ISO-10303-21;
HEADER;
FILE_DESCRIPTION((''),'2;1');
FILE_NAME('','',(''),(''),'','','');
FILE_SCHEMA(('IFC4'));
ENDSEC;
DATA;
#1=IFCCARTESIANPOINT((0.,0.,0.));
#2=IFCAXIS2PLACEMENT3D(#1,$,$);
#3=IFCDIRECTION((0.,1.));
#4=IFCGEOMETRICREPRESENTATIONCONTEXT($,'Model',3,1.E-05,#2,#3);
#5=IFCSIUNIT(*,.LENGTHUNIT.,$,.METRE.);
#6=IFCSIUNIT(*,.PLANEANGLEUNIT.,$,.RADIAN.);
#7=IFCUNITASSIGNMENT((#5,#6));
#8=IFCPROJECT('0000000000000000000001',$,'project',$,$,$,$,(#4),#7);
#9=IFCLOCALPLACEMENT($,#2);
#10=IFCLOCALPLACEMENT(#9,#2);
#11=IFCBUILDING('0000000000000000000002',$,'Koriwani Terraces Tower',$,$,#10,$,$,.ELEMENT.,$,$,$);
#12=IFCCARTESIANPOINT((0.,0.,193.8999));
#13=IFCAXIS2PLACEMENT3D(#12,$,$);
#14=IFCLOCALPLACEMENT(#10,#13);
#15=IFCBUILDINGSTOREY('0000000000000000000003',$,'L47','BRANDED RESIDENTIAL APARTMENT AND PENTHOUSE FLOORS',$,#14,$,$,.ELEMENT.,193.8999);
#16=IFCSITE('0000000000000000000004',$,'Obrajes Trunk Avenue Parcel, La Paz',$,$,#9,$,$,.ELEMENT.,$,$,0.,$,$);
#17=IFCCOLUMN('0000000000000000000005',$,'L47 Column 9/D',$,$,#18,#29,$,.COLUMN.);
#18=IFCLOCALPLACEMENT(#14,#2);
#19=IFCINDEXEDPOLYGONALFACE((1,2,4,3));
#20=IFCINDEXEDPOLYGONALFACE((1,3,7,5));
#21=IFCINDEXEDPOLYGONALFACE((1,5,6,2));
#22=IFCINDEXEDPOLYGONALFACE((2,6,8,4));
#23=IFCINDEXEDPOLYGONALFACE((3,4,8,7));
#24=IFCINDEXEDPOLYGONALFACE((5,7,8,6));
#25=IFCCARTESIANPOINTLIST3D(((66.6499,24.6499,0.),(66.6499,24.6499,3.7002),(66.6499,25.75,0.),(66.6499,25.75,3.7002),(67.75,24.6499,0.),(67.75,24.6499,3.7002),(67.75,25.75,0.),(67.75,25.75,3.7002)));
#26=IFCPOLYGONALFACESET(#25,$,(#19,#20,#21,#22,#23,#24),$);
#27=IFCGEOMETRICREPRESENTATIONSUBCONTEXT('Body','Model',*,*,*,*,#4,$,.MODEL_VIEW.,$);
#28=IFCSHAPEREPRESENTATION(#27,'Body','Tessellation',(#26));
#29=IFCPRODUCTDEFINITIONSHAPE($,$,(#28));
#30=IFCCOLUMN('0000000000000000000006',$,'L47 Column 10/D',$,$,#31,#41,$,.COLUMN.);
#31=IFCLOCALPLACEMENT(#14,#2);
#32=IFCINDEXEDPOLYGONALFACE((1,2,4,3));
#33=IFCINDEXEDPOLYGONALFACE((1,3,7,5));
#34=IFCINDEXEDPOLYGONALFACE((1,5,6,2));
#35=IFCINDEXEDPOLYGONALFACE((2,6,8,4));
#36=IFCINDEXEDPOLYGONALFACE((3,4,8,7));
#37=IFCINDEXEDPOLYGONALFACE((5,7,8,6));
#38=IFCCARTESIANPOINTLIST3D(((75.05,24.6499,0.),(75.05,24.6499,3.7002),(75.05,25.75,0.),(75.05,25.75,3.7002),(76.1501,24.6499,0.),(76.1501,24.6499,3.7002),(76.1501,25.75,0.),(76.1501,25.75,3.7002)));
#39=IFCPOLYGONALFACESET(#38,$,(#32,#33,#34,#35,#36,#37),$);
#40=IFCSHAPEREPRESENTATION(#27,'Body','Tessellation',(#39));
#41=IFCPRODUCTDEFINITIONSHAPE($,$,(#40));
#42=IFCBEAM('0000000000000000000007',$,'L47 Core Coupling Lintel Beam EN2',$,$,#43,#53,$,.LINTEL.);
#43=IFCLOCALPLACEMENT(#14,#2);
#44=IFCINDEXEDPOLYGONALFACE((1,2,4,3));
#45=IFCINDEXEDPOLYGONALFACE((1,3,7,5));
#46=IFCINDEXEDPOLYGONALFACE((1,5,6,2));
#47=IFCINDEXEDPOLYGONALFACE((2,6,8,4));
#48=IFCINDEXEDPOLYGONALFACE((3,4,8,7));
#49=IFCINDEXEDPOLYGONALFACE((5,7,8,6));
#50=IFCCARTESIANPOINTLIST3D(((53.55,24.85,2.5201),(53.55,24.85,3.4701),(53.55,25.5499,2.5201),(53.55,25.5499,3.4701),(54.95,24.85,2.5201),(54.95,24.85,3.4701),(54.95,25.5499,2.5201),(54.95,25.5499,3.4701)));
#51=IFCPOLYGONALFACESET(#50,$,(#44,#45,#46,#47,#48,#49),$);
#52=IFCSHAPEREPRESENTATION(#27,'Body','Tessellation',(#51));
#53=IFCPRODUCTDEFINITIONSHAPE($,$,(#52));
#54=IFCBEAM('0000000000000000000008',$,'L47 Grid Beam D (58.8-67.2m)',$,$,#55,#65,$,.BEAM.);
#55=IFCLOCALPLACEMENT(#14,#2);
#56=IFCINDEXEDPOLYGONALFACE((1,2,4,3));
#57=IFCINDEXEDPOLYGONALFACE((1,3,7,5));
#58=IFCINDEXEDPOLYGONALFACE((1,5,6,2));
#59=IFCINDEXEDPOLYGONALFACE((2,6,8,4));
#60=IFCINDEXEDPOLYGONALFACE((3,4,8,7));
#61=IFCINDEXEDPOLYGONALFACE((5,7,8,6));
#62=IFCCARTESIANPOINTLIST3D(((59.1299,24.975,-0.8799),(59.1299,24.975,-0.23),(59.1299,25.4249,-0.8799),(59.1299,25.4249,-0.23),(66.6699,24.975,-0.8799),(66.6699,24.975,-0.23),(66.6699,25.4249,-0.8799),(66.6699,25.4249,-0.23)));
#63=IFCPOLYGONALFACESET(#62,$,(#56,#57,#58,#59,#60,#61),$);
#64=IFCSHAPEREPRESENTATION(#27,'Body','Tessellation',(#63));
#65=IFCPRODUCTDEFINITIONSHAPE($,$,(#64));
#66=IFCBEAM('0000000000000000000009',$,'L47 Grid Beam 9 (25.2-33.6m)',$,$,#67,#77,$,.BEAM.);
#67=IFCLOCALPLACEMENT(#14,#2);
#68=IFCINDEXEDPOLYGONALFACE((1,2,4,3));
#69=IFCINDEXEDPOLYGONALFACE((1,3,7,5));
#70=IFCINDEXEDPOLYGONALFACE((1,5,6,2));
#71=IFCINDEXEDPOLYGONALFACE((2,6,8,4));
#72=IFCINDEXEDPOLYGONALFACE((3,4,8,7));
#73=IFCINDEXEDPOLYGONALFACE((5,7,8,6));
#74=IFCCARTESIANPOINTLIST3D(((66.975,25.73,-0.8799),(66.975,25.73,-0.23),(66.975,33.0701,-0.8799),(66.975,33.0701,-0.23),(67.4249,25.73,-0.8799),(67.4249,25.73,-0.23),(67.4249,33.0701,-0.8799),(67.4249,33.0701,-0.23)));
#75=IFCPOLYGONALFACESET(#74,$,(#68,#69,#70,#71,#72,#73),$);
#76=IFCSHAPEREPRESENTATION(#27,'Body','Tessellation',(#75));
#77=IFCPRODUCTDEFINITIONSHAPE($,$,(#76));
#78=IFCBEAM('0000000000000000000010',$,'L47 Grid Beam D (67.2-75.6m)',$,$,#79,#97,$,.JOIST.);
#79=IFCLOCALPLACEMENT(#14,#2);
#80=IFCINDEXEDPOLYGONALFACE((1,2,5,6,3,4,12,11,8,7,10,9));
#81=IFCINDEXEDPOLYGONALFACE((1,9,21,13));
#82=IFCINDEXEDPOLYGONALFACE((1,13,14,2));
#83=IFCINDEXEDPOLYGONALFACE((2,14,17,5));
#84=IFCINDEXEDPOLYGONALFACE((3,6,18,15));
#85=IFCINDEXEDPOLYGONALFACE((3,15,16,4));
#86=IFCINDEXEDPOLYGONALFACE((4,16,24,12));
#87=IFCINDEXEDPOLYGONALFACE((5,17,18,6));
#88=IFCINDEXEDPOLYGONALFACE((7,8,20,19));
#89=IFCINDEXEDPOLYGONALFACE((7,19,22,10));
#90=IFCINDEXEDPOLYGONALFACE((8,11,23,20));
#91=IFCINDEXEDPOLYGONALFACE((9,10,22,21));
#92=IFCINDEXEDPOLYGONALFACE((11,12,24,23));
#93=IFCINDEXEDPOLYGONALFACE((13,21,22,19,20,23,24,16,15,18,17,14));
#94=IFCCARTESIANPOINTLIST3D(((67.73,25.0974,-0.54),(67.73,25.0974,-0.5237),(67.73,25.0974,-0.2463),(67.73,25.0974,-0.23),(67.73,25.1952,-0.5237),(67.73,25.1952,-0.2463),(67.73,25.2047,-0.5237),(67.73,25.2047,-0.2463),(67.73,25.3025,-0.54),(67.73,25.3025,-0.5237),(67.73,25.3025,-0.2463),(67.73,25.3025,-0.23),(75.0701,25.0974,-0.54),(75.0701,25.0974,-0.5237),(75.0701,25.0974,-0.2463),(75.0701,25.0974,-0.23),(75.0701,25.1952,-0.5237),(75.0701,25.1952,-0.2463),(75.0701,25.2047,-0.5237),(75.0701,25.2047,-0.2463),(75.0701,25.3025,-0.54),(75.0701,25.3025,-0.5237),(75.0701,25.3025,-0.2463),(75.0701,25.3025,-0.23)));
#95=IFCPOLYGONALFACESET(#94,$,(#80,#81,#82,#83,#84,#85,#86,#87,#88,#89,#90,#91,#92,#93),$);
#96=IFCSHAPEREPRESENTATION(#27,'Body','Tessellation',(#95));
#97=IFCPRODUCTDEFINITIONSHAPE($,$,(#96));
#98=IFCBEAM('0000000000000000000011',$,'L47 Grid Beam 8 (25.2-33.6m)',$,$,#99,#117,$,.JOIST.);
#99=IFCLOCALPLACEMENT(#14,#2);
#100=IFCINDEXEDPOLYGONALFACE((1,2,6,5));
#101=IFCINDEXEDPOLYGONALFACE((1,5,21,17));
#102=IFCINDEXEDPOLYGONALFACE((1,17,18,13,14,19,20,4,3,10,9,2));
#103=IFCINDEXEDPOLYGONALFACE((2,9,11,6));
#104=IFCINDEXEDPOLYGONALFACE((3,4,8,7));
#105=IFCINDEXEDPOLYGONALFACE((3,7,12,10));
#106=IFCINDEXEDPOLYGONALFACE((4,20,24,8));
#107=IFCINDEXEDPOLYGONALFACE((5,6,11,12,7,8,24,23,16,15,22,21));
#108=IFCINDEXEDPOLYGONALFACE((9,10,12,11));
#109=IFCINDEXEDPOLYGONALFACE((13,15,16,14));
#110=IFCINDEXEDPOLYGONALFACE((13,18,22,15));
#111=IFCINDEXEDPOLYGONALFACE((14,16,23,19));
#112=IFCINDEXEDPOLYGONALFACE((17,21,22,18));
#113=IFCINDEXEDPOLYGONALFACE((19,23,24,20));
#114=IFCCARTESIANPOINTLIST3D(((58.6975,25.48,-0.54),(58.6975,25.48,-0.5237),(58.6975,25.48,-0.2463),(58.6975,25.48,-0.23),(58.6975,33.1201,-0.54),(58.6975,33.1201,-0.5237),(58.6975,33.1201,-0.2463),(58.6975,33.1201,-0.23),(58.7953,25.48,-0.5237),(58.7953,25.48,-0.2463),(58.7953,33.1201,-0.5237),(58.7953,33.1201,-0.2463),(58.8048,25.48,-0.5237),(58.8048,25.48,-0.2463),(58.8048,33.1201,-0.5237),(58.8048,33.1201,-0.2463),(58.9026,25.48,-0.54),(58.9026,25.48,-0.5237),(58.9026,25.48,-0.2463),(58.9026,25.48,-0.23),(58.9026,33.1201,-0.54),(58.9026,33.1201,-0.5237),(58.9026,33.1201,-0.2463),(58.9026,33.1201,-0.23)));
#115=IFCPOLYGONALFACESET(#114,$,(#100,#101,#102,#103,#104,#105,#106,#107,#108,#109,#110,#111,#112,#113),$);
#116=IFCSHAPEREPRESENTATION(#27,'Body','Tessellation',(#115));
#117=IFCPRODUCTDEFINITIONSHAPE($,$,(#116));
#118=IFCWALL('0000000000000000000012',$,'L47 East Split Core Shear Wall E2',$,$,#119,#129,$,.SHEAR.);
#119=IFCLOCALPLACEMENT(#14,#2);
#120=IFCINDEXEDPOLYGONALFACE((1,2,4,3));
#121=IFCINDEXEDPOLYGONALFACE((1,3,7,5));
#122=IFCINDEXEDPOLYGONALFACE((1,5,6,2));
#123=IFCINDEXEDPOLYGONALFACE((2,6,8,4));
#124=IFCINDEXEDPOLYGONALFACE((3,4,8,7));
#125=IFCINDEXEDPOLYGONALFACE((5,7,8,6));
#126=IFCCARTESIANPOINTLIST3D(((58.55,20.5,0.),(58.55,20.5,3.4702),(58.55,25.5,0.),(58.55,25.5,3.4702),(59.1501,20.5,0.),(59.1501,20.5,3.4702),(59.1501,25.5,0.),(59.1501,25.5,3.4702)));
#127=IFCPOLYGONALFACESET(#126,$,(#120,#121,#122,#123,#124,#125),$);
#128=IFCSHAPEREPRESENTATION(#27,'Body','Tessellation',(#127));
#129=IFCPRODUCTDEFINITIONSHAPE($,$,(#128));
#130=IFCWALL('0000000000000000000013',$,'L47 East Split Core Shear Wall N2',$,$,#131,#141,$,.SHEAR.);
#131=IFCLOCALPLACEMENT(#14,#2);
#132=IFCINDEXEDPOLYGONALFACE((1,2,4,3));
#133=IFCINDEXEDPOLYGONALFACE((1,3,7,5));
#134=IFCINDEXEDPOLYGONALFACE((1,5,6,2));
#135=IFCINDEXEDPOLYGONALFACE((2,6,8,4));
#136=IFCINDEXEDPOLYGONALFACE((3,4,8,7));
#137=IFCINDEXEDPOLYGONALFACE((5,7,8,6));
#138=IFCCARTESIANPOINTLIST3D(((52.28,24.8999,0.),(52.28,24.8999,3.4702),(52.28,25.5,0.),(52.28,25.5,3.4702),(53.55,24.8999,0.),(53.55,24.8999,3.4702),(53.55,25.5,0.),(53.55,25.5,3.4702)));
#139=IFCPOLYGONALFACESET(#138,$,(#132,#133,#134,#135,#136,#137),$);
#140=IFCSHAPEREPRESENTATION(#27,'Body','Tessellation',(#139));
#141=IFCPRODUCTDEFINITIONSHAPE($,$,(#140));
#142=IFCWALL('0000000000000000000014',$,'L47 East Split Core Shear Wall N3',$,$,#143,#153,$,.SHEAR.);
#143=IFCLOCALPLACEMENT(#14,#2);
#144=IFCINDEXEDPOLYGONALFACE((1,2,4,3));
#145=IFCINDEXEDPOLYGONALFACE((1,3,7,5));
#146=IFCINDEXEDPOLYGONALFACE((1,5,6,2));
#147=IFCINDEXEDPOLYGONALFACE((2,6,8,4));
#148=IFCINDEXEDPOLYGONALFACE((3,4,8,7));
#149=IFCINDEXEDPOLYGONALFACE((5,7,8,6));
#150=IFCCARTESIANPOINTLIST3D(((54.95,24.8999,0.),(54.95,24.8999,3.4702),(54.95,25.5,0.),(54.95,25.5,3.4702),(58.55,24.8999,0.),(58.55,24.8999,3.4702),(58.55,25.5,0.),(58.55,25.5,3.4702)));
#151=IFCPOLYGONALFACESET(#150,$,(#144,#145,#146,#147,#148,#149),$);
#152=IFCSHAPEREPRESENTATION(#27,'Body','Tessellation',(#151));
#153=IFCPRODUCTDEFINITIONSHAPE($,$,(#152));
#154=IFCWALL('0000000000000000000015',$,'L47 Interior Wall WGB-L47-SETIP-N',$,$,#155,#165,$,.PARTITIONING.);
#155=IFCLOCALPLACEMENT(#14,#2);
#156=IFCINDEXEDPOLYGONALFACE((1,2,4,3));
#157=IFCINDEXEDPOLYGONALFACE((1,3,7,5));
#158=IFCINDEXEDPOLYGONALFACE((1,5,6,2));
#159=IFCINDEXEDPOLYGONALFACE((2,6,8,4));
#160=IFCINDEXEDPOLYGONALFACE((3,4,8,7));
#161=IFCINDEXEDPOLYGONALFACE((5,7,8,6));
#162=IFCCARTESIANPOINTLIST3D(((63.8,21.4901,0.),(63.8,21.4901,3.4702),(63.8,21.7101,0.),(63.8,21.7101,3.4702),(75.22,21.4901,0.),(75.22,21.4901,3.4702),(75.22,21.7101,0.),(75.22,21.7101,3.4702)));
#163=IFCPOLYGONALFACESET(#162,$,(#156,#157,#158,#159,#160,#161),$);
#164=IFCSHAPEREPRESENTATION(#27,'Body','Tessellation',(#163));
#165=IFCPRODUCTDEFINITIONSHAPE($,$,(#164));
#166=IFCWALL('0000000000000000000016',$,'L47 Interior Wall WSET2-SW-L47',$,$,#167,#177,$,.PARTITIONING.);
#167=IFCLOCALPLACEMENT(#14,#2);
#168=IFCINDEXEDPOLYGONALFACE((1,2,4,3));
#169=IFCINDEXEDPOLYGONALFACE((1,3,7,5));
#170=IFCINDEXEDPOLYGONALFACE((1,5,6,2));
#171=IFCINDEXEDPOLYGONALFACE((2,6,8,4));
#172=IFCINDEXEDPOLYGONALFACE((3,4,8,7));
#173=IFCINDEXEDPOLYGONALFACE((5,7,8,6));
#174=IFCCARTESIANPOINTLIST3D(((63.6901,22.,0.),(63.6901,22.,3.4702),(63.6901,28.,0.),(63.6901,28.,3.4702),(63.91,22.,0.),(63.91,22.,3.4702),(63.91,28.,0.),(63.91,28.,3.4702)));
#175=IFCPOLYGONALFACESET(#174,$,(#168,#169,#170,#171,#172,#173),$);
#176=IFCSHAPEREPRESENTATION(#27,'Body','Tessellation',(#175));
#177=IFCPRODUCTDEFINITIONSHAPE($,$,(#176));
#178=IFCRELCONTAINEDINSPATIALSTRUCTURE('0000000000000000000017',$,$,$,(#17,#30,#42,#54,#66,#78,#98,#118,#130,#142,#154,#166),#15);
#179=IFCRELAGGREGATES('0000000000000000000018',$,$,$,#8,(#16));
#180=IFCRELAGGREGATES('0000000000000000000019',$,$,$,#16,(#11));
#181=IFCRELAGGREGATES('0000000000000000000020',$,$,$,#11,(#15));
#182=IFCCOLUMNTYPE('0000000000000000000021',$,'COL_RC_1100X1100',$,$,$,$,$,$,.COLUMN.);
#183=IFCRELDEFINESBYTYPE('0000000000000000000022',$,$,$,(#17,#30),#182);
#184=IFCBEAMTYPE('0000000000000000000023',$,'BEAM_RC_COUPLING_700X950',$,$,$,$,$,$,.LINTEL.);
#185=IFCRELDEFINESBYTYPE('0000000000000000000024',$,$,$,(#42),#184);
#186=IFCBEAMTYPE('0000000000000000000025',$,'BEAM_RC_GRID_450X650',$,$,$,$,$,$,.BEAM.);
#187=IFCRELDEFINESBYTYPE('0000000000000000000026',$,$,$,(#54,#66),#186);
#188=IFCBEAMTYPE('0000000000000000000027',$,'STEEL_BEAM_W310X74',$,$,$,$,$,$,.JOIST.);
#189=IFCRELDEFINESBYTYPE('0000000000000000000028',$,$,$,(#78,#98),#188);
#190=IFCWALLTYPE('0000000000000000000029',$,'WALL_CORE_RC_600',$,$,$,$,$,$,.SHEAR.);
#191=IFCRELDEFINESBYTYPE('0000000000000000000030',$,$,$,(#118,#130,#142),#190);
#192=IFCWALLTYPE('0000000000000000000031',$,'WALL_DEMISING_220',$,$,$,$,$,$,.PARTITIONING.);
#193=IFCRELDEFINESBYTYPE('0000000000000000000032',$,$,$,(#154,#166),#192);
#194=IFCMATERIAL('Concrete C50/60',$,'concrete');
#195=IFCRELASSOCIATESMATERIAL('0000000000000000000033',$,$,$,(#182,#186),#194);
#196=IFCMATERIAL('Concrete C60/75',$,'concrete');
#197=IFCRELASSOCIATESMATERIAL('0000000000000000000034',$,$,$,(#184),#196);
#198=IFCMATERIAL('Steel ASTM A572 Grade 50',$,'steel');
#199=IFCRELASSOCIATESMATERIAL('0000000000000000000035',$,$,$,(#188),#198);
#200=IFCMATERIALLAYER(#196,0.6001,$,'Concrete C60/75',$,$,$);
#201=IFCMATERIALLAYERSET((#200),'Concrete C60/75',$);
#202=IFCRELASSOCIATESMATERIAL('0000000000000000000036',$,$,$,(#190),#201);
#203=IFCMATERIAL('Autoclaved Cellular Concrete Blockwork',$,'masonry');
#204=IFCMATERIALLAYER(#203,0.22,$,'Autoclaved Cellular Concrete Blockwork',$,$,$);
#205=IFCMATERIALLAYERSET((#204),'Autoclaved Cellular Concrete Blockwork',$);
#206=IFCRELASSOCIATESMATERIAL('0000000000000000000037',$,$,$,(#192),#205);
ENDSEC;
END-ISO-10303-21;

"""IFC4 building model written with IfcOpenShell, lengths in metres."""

from ifc_helpers import new_model, si_unit, direction, frame, frame_2d, origin, origin_2d, place, context, subcontext, project, spatial, rectangle, i_section, extrude, material, layer, layer_set, material_profile, profile_set, type_object, element, save


model = new_model("IFC4")

# Units and contexts
model_context = context("Model", 3, precision=1e-05, world=origin(), true_north=direction((0.0, 1.0)))
body_context = subcontext(model_context, "Body", "Model", "MODEL_VIEW")
ifc_project = project(units=[si_unit("LENGTHUNIT", "METRE"), si_unit("PLANEANGLEUNIT", "RADIAN")], contexts=[model_context])

# Site, building, storey
site_placement = place(None, origin())
site = spatial("IfcSite", under=ifc_project, at=site_placement, Name="Obrajes Trunk Avenue Parcel, La Paz", CompositionType="ELEMENT", RefElevation=0.0)
building_placement = place(site_placement, origin())
building = spatial("IfcBuilding", under=site, at=building_placement, Name="Koriwani Terraces Tower", CompositionType="ELEMENT")
storey_placement = place(building_placement, frame((0.0, 0.0, 193.8999)))
storey = spatial("IfcBuildingStorey", under=building, at=storey_placement, Name="L47", Description="BRANDED RESIDENTIAL APARTMENT AND PENTHOUSE FLOORS", CompositionType="ELEMENT", Elevation=193.8999)

# Columns
ifc_material_1 = material(Name="Concrete C50/60", Category="concrete")
ifc_material_profile_1 = material_profile(ifc_material_1, rectangle(XDim=1.1001, YDim=1.1001, at=origin_2d()), Name="Concrete C50/60", Category="LoadBearing")
ifc_profile_set_1 = profile_set([ifc_material_profile_1], Name="Concrete C50/60")
column_type = type_object("IfcColumnType", Name="COL_RC_1100X1100", PredefinedType="COLUMN", material=ifc_profile_set_1)
for number, where, z_axis, x_axis, name in (
    (1, (67.2, 25.2, 0.0), (0.0, 0.0, 1.0), (1.0, 0.0, 0.0), "L47 Column 9/D"),
    (2, (75.6001, 25.2, 0.0), (0.0, 0.0, 1.0), (1.0, 0.0, 0.0), "L47 Column 10/D"),
):
    element("IfcColumn", number, at=place(storey_placement, frame(where, z_axis=z_axis, x_axis=x_axis)), inside=storey, type_object=column_type, Name=name, PredefinedType="COLUMN", context=body_context, shape_type="SweptSolid", body=[
        extrude(rectangle(XDim=1.1001, YDim=1.1001, at=origin_2d()), origin(), (0.0, 0.0, 1.0), 3.7002),
    ])

# Beams
ifc_material_2 = material(Name="Concrete C60/75", Category="concrete")
ifc_material_profile_2 = material_profile(ifc_material_2, rectangle(XDim=0.7, YDim=0.95, at=origin_2d()), Name="Concrete C60/75", Category="LoadBearing")
ifc_profile_set_2 = profile_set([ifc_material_profile_2], Name="Concrete C60/75")
beam_type_1 = type_object("IfcBeamType", Name="BEAM_RC_COUPLING_700X950", PredefinedType="LINTEL", material=ifc_profile_set_2)
beam_1_placement = place(storey_placement, frame((53.55, 25.2, 2.9951), z_axis=(1.0, 0.0, 0.0), x_axis=(0.0, 1.0, 0.0)))
element("IfcBeam", 3, at=beam_1_placement, inside=storey, type_object=beam_type_1, Name="L47 Core Coupling Lintel Beam EN2", PredefinedType="LINTEL", context=body_context, shape_type="SweptSolid", body=[
    extrude(rectangle(XDim=0.7, YDim=0.95, at=origin_2d()), origin(), (0.0, 0.0, 1.0), 1.3999),
])
ifc_material_profile_3 = material_profile(ifc_material_1, rectangle(XDim=0.45, YDim=0.6499, at=origin_2d()), Name="Concrete C50/60", Category="LoadBearing")
ifc_profile_set_3 = profile_set([ifc_material_profile_3], Name="Concrete C50/60")
beam_type_2 = type_object("IfcBeamType", Name="BEAM_RC_GRID_450X650", PredefinedType="BEAM", material=ifc_profile_set_3)
beam_2_placement = place(storey_placement, frame((59.1299, 25.2, -0.5549), z_axis=(1.0, 0.0, 0.0), x_axis=(0.0, 1.0, 0.0)))
element("IfcBeam", 4, at=beam_2_placement, inside=storey, type_object=beam_type_2, Name="L47 Grid Beam D (58.8-67.2m)", PredefinedType="BEAM", context=body_context, shape_type="SweptSolid", body=[
    extrude(rectangle(XDim=0.45, YDim=0.6499, at=origin_2d()), origin(), (0.0, 0.0, 1.0), 7.54),
])
beam_3_placement = place(storey_placement, frame((67.2, 25.73, -0.5549), z_axis=(0.0, 1.0, 0.0), x_axis=(-1.0, 0.0, 0.0)))
element("IfcBeam", 5, at=beam_3_placement, inside=storey, type_object=beam_type_2, Name="L47 Grid Beam 9 (25.2-33.6m)", PredefinedType="BEAM", context=body_context, shape_type="SweptSolid", body=[
    extrude(rectangle(XDim=0.45, YDim=0.6499, at=origin_2d()), origin(), (0.0, 0.0, 1.0), 7.3401),
])
ifc_material_3 = material(Name="Steel ASTM A572 Grade 50", Category="steel")
ifc_material_profile_4 = material_profile(ifc_material_3, i_section(OverallWidth=0.2051, OverallDepth=0.3101, WebThickness=0.0095, FlangeThickness=0.0164, at=origin_2d()), Name="Steel ASTM A572 Grade 50", Category="LoadBearing")
ifc_profile_set_4 = profile_set([ifc_material_profile_4], Name="Steel ASTM A572 Grade 50")
beam_type_3 = type_object("IfcBeamType", Name="STEEL_BEAM_W310X74", PredefinedType="JOIST", material=ifc_profile_set_4)
beam_4_placement = place(storey_placement, frame((67.73, 25.2, -0.385), z_axis=(1.0, 0.0, 0.0), x_axis=(0.0, 1.0, 0.0)))
element("IfcBeam", 6, at=beam_4_placement, inside=storey, type_object=beam_type_3, Name="L47 Grid Beam D (67.2-75.6m)", PredefinedType="JOIST", context=body_context, shape_type="SweptSolid", body=[
    extrude(i_section(OverallWidth=0.2051, OverallDepth=0.3101, WebThickness=0.0095, FlangeThickness=0.0164, at=origin_2d()), origin(), (0.0, 0.0, 1.0), 7.3401),
])
beam_5_placement = place(storey_placement, frame((58.8, 25.48, -0.385), z_axis=(0.0, 1.0, 0.0), x_axis=(-1.0, 0.0, 0.0)))
element("IfcBeam", 7, at=beam_5_placement, inside=storey, type_object=beam_type_3, Name="L47 Grid Beam 8 (25.2-33.6m)", PredefinedType="JOIST", context=body_context, shape_type="SweptSolid", body=[
    extrude(i_section(OverallWidth=0.2051, OverallDepth=0.3101, WebThickness=0.0095, FlangeThickness=0.0164, at=origin_2d()), origin(), (0.0, 0.0, 1.0), 7.6401),
])

# Walls
ifc_layer_1 = layer(ifc_material_2, 0.6001, Name="Concrete C60/75")
ifc_layer_set_1 = layer_set([ifc_layer_1], Name="Concrete C60/75")
wall_type_1 = type_object("IfcWallType", Name="WALL_CORE_RC_600", PredefinedType="SHEAR", material=ifc_layer_set_1)
wall_1_placement = place(storey_placement, frame((58.8501, 20.5, 0.0), z_axis=(0.0, 0.0, 1.0), x_axis=(0.0, 1.0, 0.0)))
element("IfcWall", 8, at=wall_1_placement, inside=storey, type_object=wall_type_1, Name="L47 East Split Core Shear Wall E2", PredefinedType="SHEAR", context=body_context, shape_type="SweptSolid", body=[
    extrude(rectangle(XDim=5.0, YDim=0.6001, at=frame_2d((2.5, 0.0))), origin(), (0.0, 0.0, 1.0), 3.4702),
])
wall_2_placement = place(storey_placement, frame((52.28, 25.2, 0.0), z_axis=(0.0, 0.0, 1.0), x_axis=(1.0, 0.0, 0.0)))
element("IfcWall", 9, at=wall_2_placement, inside=storey, type_object=wall_type_1, Name="L47 East Split Core Shear Wall N2", PredefinedType="SHEAR", context=body_context, shape_type="SweptSolid", body=[
    extrude(rectangle(XDim=1.27, YDim=0.6001, at=frame_2d((0.635, 0.0))), origin(), (0.0, 0.0, 1.0), 3.4702),
])
wall_3_placement = place(storey_placement, frame((54.95, 25.2, 0.0), z_axis=(0.0, 0.0, 1.0), x_axis=(1.0, 0.0, 0.0)))
element("IfcWall", 10, at=wall_3_placement, inside=storey, type_object=wall_type_1, Name="L47 East Split Core Shear Wall N3", PredefinedType="SHEAR", context=body_context, shape_type="SweptSolid", body=[
    extrude(rectangle(XDim=3.6001, YDim=0.6001, at=frame_2d((1.8, 0.0))), origin(), (0.0, 0.0, 1.0), 3.4702),
])
ifc_material_4 = material(Name="Autoclaved Cellular Concrete Blockwork", Category="masonry")
ifc_layer_2 = layer(ifc_material_4, 0.22, Name="Autoclaved Cellular Concrete Blockwork")
ifc_layer_set_2 = layer_set([ifc_layer_2], Name="Autoclaved Cellular Concrete Blockwork")
wall_type_2 = type_object("IfcWallType", Name="WALL_DEMISING_220", PredefinedType="PARTITIONING", material=ifc_layer_set_2)
wall_4_placement = place(storey_placement, frame((63.8, 21.6001, 0.0), z_axis=(0.0, 0.0, 1.0), x_axis=(1.0, 0.0, 0.0)))
element("IfcWall", 11, at=wall_4_placement, inside=storey, type_object=wall_type_2, Name="L47 Interior Wall WGB-L47-SETIP-N", PredefinedType="PARTITIONING", context=body_context, shape_type="SweptSolid", body=[
    extrude(rectangle(XDim=11.4199, YDim=0.22, at=frame_2d((5.71, 0.0))), origin(), (0.0, 0.0, 1.0), 3.4702),
])
wall_5_placement = place(storey_placement, frame((63.8, 22.0, 0.0), z_axis=(0.0, 0.0, 1.0), x_axis=(0.0, 1.0, 0.0)))
element("IfcWall", 12, at=wall_5_placement, inside=storey, type_object=wall_type_2, Name="L47 Interior Wall WSET2-SW-L47", PredefinedType="PARTITIONING", context=body_context, shape_type="SweptSolid", body=[
    extrude(rectangle(XDim=6.0, YDim=0.22, at=frame_2d((3.0, 0.0))), origin(), (0.0, 0.0, 1.0), 3.4702),
])

save(model, "model.ifc")
